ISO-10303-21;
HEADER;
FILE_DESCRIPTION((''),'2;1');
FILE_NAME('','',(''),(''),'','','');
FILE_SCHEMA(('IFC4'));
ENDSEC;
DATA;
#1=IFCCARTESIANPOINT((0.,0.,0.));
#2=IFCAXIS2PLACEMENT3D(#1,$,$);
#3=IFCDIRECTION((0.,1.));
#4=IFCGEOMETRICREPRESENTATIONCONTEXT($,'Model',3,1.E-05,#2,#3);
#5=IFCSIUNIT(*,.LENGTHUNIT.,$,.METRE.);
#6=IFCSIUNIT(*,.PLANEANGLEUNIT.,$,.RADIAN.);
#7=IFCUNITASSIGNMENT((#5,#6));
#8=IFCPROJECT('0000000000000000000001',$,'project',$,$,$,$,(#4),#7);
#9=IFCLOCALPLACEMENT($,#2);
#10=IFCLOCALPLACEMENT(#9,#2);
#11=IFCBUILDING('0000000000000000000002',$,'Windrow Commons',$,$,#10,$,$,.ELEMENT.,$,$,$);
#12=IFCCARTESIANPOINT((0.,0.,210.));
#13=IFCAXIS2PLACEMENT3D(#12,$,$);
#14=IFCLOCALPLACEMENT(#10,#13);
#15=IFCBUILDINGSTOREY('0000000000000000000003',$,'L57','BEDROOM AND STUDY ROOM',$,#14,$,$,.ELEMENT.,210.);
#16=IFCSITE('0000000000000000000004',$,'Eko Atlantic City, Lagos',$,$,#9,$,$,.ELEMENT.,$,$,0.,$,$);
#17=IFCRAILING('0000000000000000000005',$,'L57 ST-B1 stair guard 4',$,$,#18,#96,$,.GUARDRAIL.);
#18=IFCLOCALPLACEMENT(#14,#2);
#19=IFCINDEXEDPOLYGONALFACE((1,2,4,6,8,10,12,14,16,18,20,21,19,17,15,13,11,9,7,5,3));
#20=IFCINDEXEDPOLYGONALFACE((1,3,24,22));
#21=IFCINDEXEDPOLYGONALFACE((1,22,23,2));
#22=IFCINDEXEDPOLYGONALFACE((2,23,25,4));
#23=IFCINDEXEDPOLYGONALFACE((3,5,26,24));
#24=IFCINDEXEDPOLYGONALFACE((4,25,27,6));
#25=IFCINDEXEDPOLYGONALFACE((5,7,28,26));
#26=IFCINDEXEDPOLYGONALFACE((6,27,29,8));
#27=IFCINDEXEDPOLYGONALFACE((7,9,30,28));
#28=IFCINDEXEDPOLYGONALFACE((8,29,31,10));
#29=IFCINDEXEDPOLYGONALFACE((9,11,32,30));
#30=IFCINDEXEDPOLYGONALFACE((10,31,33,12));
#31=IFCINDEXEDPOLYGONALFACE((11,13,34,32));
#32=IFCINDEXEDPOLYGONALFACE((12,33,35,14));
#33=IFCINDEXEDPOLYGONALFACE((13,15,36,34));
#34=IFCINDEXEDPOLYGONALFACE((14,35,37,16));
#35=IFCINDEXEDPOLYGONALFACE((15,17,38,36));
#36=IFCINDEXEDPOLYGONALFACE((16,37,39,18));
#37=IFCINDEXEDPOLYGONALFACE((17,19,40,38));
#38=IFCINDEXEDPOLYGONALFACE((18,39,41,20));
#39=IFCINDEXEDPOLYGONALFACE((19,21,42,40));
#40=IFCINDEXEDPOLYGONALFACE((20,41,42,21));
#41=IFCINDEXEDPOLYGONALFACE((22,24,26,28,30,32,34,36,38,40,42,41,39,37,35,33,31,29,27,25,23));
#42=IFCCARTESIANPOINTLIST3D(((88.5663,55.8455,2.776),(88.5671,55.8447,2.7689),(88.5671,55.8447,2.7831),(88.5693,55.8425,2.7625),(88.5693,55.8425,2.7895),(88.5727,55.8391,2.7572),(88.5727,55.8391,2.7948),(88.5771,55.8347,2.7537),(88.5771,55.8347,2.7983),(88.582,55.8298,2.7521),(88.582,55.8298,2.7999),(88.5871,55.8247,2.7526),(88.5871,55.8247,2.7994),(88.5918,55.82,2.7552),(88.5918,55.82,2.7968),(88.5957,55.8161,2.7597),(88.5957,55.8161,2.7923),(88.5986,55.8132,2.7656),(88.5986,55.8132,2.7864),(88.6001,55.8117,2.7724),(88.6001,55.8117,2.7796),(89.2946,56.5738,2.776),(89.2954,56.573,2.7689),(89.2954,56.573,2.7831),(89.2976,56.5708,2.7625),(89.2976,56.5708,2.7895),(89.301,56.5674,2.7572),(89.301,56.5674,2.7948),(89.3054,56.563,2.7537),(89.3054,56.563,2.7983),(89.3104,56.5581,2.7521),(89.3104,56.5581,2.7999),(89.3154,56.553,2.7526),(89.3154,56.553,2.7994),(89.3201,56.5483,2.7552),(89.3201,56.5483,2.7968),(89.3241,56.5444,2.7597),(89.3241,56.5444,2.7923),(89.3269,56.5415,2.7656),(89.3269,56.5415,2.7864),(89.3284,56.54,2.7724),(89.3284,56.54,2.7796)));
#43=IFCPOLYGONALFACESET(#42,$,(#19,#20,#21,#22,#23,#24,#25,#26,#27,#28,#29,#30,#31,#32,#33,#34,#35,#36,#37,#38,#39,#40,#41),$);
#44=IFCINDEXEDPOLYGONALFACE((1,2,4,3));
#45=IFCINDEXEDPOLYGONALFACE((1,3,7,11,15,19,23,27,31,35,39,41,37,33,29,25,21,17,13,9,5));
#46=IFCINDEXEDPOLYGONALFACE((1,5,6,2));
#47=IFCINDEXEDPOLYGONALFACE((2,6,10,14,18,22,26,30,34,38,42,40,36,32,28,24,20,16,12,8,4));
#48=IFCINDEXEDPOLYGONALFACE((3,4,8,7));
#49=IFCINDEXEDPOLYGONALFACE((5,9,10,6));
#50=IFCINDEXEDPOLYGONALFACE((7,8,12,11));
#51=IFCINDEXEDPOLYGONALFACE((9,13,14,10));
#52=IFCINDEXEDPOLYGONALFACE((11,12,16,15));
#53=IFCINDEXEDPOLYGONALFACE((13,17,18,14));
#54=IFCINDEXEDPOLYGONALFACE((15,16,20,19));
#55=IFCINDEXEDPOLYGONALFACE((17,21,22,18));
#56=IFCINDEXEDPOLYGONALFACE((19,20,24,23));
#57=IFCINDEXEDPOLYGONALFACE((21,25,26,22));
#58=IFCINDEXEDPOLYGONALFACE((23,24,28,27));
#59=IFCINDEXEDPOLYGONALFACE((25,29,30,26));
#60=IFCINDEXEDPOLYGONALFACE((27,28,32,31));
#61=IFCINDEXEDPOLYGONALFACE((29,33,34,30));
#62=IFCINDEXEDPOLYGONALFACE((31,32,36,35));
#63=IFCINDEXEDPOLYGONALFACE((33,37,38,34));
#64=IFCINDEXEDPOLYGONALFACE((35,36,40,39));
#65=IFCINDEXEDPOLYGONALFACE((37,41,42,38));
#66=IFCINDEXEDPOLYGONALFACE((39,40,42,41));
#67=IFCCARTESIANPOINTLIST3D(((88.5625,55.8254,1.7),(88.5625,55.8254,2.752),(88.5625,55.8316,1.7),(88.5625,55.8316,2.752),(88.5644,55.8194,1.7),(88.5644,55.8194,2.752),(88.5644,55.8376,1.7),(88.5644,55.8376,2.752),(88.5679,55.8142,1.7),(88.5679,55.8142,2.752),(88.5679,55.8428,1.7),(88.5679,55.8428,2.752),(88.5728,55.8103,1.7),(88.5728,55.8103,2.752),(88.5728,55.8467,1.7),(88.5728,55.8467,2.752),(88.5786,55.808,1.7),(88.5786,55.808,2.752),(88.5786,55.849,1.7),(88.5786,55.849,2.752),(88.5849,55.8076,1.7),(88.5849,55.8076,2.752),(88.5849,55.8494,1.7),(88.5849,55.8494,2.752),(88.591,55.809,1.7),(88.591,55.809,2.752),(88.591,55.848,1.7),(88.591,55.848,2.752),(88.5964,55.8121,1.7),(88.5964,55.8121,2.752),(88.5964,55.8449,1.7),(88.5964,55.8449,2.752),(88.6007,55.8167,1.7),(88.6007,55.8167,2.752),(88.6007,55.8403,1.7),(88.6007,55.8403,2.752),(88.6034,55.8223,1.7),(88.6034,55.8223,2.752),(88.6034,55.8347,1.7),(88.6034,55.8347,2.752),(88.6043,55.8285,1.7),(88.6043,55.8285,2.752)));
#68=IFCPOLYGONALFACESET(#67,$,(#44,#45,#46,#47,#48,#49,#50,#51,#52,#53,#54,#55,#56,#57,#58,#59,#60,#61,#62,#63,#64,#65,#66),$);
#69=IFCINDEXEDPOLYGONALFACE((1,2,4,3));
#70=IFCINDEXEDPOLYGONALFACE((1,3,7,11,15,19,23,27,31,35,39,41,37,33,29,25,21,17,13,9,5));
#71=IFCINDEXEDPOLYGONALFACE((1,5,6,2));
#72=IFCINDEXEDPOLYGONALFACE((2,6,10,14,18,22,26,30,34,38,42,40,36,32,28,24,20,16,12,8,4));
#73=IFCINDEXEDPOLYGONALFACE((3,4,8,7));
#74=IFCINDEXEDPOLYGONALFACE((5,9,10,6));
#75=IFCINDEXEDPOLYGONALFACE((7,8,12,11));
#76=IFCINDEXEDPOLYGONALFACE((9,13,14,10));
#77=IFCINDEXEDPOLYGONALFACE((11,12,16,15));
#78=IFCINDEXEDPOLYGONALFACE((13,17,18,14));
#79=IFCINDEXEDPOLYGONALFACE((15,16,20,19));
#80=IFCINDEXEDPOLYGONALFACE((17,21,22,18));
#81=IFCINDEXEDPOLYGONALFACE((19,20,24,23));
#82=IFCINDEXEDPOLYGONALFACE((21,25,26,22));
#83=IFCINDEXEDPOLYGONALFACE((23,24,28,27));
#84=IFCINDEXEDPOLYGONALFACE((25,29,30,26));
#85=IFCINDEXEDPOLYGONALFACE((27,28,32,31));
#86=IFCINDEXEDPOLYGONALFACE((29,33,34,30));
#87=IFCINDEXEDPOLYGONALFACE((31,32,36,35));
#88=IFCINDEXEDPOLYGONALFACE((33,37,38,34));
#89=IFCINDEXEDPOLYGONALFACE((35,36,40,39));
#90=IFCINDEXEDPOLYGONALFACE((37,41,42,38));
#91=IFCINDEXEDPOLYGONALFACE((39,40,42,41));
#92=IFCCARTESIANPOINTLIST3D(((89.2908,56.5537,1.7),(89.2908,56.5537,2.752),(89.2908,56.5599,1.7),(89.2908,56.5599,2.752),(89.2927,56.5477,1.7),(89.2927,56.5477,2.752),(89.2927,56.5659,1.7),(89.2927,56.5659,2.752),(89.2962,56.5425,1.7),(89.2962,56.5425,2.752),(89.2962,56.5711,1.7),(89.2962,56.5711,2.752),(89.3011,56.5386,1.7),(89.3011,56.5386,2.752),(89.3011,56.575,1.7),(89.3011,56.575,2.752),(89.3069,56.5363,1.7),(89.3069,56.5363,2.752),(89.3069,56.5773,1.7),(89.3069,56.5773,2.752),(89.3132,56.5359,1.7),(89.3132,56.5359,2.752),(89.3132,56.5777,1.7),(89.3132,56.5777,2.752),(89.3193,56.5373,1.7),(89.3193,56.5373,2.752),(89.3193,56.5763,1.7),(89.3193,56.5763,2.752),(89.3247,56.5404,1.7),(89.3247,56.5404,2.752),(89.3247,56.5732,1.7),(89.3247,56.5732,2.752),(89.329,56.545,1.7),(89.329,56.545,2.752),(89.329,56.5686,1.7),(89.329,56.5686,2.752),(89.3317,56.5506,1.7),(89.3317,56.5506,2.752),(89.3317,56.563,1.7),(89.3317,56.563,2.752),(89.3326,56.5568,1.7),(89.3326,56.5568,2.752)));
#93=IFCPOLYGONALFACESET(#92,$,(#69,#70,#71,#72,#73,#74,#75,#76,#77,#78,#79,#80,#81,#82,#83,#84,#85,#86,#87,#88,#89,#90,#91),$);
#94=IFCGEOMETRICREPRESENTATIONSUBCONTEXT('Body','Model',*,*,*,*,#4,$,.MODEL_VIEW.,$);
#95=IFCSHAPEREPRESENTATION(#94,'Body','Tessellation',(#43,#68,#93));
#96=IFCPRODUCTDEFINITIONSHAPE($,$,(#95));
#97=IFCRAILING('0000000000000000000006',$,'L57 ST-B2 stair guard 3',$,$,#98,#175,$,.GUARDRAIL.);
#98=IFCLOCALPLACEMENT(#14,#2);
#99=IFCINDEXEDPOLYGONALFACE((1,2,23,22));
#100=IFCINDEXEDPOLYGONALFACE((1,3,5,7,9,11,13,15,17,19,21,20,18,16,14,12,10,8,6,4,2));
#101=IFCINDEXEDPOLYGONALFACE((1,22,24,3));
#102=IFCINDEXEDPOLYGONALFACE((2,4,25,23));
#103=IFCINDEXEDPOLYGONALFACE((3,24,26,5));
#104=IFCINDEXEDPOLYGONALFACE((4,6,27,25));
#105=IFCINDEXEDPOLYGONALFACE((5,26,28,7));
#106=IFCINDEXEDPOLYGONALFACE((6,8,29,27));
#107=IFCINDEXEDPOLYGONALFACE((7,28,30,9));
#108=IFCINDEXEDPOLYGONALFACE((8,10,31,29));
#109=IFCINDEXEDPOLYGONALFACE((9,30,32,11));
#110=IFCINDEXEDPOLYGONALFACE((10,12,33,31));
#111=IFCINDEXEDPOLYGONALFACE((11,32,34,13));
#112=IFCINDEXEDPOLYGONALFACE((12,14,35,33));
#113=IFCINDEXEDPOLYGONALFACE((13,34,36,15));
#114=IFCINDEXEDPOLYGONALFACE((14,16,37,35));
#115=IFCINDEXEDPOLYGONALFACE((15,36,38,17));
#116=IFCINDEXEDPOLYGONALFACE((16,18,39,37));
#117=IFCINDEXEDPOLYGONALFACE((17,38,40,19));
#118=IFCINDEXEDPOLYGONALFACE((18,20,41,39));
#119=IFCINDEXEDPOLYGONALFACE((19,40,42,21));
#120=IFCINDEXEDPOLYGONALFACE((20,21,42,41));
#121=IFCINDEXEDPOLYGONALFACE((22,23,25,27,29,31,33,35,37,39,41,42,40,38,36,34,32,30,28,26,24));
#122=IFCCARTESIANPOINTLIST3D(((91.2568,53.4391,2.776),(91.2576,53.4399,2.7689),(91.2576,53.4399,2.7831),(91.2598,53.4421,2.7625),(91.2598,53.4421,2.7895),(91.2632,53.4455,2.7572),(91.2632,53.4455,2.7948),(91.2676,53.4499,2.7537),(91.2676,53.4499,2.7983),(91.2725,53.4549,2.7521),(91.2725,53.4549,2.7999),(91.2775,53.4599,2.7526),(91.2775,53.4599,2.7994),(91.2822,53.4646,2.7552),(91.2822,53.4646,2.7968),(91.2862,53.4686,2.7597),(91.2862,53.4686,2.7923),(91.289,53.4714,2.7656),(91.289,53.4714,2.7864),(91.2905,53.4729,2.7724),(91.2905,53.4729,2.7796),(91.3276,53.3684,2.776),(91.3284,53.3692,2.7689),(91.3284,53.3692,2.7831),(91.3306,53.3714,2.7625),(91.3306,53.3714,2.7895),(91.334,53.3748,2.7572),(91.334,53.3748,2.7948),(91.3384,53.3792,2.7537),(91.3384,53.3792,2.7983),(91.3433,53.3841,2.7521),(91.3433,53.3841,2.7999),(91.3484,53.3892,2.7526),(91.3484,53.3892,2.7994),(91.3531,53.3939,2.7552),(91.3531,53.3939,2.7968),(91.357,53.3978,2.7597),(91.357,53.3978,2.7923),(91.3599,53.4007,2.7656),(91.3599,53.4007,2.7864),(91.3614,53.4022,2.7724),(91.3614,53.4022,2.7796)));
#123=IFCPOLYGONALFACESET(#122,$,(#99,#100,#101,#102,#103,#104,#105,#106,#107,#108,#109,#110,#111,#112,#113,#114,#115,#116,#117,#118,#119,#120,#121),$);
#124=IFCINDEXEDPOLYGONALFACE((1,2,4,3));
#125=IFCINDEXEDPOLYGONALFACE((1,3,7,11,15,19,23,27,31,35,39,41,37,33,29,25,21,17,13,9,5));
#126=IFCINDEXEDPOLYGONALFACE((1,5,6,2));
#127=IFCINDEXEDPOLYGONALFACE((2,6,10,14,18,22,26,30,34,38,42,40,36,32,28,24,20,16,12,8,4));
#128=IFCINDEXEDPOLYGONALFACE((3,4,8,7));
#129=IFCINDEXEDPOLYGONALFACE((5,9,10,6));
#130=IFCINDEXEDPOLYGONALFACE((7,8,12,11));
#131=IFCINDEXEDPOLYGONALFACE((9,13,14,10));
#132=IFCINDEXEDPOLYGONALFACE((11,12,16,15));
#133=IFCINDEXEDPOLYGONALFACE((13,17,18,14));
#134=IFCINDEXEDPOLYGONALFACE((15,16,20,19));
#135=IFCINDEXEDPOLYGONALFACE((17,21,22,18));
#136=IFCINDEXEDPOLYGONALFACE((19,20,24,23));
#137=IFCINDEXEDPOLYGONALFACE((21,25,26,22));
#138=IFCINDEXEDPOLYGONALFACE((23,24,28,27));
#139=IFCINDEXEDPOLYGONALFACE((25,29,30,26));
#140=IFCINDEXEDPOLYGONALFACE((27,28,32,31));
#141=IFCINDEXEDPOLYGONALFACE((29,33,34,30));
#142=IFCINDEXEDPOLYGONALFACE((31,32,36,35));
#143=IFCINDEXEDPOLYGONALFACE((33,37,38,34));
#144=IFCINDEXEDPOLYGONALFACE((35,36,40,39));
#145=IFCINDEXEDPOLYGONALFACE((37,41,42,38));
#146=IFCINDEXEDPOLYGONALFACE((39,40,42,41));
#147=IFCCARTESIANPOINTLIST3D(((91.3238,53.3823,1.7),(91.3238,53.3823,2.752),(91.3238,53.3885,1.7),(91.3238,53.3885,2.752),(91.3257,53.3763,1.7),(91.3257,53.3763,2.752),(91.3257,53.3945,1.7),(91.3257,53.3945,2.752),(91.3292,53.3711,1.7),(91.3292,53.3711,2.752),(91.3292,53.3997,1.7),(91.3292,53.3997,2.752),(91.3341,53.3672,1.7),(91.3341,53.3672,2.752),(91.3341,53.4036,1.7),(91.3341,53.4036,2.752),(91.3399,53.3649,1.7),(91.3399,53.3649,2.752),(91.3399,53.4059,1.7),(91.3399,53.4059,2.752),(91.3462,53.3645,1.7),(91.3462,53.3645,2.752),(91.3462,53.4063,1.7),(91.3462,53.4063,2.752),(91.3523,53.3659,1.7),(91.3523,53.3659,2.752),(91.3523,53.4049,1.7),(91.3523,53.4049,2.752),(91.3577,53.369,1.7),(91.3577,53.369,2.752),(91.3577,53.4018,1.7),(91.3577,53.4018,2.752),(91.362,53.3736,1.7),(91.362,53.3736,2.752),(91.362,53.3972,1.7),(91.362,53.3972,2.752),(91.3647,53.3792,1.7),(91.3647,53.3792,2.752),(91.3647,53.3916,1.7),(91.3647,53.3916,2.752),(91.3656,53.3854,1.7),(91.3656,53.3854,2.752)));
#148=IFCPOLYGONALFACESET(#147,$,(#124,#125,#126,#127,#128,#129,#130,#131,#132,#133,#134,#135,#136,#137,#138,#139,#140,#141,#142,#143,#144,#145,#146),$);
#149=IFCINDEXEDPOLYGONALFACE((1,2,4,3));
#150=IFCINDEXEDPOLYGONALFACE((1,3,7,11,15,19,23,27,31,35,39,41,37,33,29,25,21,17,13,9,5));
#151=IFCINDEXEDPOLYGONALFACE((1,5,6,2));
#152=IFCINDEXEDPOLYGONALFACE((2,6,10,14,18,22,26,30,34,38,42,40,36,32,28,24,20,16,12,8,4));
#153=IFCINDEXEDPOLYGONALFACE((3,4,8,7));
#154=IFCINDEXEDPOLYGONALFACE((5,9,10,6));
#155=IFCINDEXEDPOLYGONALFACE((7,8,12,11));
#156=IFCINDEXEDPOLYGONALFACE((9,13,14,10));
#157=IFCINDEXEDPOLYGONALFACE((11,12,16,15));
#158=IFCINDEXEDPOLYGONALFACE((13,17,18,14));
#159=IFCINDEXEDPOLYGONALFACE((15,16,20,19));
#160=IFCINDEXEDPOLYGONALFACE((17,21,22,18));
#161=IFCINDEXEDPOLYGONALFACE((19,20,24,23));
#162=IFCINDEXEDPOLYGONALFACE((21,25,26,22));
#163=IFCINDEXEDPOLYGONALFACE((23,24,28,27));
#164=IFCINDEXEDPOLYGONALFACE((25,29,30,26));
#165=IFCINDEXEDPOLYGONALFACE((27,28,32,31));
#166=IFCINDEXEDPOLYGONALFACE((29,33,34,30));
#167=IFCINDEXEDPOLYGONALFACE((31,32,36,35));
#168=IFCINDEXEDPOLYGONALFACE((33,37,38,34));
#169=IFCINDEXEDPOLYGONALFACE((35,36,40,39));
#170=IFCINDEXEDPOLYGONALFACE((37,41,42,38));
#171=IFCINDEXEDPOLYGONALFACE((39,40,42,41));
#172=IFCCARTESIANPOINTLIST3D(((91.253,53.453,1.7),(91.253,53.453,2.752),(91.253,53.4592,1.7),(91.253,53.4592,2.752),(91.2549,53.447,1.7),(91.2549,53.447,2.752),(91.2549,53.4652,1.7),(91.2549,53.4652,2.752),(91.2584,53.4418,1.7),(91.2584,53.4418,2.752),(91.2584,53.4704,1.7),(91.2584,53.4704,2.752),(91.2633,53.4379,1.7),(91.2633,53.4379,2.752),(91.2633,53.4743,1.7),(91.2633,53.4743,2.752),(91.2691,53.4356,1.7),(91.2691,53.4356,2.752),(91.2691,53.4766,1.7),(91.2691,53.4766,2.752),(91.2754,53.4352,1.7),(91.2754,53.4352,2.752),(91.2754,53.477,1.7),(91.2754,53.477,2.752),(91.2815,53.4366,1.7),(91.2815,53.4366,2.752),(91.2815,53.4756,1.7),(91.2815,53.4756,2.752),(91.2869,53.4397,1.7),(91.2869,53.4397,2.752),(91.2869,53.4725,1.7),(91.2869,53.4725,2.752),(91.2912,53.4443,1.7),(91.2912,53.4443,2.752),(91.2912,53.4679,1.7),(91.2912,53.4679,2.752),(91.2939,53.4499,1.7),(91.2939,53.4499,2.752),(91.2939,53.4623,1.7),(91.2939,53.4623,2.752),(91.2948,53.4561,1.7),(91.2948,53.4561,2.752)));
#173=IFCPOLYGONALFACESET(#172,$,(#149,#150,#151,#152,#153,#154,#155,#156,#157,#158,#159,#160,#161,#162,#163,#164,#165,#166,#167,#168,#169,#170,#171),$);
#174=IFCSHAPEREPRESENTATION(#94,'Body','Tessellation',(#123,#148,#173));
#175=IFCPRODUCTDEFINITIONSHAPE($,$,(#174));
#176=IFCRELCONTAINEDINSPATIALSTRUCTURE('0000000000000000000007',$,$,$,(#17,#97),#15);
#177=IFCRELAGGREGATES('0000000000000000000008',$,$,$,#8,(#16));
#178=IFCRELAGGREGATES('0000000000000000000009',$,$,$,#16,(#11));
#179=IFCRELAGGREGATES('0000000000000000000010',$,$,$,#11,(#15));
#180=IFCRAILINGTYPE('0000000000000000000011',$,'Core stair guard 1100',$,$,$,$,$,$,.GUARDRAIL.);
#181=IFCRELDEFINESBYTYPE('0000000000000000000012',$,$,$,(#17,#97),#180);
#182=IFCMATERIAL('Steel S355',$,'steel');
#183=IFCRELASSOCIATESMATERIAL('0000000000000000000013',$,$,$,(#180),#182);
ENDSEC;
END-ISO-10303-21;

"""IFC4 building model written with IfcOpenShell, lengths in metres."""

from ifc_helpers import new_model, si_unit, direction, frame, origin, origin_2d, place, context, subcontext, project, spatial, circle, extrude, material, type_object, element, save


model = new_model("IFC4")

# Units and contexts
model_context = context("Model", 3, precision=1e-05, world=origin(), true_north=direction((0.0, 1.0)))
body_context = subcontext(model_context, "Body", "Model", "MODEL_VIEW")
ifc_project = project(units=[si_unit("LENGTHUNIT", "METRE"), si_unit("PLANEANGLEUNIT", "RADIAN")], contexts=[model_context])

# Site, building, storey
site_placement = place(None, origin())
site = spatial("IfcSite", under=ifc_project, at=site_placement, Name="Eko Atlantic City, Lagos", CompositionType="ELEMENT", RefElevation=0.0)
building_placement = place(site_placement, origin())
building = spatial("IfcBuilding", under=site, at=building_placement, Name="Windrow Commons", CompositionType="ELEMENT")
storey_placement = place(building_placement, frame((0.0, 0.0, 210.0)))
storey = spatial("IfcBuildingStorey", under=building, at=storey_placement, Name="L57", Description="BEDROOM AND STUDY ROOM", CompositionType="ELEMENT", Elevation=210.0)

# Railings
ifc_material_1 = material(Name="Steel S355", Category="steel")
railing_type_1 = type_object("IfcRailingType", Name="Core stair guard 1100", PredefinedType="GUARDRAIL", material=ifc_material_1)
railing_1_placement = place(storey_placement, frame((88.5833, 55.8285, 1.7)))
element("IfcRailing", 1, at=railing_1_placement, inside=storey, type_object=railing_type_1, Name="L57 ST-B1 stair guard 4", PredefinedType="GUARDRAIL", context=body_context, shape_type="SweptSolid", body=[
    extrude(circle(Radius=0.024, at=origin_2d()), frame((0.0, 0.0, 1.076), z_axis=(0.707107, 0.707107, 0.0), x_axis=(-0.707107, 0.707107, 0.0)), (0.0, 0.0, 1.0), 1.03),
    extrude(circle(Radius=0.021, at=origin_2d()), origin(), (0.0, 0.0, 1.0), 1.052),
    extrude(circle(Radius=0.021, at=origin_2d()), frame((0.7283, 0.7283, 0.0)), (0.0, 0.0, 1.0), 1.052),
])
railing_2_placement = place(storey_placement, frame((91.3446, 53.3854, 1.7)))
element("IfcRailing", 2, at=railing_2_placement, inside=storey, type_object=railing_type_1, Name="L57 ST-B2 stair guard 3", PredefinedType="GUARDRAIL", context=body_context, shape_type="SweptSolid", body=[
    extrude(circle(Radius=0.024, at=origin_2d()), frame((0.0, 0.0, 1.076), z_axis=(-0.707606, 0.706607, 0.0), x_axis=(-0.706607, -0.707606, 0.0)), (0.0, 0.0, 1.0), 0.1001),
    extrude(circle(Radius=0.021, at=origin_2d()), origin(), (0.0, 0.0, 1.0), 1.052),
    extrude(circle(Radius=0.021, at=origin_2d()), frame((-0.0708, 0.0707, 0.0)), (0.0, 0.0, 1.0), 1.052),
])

save(model, "model.ifc")
